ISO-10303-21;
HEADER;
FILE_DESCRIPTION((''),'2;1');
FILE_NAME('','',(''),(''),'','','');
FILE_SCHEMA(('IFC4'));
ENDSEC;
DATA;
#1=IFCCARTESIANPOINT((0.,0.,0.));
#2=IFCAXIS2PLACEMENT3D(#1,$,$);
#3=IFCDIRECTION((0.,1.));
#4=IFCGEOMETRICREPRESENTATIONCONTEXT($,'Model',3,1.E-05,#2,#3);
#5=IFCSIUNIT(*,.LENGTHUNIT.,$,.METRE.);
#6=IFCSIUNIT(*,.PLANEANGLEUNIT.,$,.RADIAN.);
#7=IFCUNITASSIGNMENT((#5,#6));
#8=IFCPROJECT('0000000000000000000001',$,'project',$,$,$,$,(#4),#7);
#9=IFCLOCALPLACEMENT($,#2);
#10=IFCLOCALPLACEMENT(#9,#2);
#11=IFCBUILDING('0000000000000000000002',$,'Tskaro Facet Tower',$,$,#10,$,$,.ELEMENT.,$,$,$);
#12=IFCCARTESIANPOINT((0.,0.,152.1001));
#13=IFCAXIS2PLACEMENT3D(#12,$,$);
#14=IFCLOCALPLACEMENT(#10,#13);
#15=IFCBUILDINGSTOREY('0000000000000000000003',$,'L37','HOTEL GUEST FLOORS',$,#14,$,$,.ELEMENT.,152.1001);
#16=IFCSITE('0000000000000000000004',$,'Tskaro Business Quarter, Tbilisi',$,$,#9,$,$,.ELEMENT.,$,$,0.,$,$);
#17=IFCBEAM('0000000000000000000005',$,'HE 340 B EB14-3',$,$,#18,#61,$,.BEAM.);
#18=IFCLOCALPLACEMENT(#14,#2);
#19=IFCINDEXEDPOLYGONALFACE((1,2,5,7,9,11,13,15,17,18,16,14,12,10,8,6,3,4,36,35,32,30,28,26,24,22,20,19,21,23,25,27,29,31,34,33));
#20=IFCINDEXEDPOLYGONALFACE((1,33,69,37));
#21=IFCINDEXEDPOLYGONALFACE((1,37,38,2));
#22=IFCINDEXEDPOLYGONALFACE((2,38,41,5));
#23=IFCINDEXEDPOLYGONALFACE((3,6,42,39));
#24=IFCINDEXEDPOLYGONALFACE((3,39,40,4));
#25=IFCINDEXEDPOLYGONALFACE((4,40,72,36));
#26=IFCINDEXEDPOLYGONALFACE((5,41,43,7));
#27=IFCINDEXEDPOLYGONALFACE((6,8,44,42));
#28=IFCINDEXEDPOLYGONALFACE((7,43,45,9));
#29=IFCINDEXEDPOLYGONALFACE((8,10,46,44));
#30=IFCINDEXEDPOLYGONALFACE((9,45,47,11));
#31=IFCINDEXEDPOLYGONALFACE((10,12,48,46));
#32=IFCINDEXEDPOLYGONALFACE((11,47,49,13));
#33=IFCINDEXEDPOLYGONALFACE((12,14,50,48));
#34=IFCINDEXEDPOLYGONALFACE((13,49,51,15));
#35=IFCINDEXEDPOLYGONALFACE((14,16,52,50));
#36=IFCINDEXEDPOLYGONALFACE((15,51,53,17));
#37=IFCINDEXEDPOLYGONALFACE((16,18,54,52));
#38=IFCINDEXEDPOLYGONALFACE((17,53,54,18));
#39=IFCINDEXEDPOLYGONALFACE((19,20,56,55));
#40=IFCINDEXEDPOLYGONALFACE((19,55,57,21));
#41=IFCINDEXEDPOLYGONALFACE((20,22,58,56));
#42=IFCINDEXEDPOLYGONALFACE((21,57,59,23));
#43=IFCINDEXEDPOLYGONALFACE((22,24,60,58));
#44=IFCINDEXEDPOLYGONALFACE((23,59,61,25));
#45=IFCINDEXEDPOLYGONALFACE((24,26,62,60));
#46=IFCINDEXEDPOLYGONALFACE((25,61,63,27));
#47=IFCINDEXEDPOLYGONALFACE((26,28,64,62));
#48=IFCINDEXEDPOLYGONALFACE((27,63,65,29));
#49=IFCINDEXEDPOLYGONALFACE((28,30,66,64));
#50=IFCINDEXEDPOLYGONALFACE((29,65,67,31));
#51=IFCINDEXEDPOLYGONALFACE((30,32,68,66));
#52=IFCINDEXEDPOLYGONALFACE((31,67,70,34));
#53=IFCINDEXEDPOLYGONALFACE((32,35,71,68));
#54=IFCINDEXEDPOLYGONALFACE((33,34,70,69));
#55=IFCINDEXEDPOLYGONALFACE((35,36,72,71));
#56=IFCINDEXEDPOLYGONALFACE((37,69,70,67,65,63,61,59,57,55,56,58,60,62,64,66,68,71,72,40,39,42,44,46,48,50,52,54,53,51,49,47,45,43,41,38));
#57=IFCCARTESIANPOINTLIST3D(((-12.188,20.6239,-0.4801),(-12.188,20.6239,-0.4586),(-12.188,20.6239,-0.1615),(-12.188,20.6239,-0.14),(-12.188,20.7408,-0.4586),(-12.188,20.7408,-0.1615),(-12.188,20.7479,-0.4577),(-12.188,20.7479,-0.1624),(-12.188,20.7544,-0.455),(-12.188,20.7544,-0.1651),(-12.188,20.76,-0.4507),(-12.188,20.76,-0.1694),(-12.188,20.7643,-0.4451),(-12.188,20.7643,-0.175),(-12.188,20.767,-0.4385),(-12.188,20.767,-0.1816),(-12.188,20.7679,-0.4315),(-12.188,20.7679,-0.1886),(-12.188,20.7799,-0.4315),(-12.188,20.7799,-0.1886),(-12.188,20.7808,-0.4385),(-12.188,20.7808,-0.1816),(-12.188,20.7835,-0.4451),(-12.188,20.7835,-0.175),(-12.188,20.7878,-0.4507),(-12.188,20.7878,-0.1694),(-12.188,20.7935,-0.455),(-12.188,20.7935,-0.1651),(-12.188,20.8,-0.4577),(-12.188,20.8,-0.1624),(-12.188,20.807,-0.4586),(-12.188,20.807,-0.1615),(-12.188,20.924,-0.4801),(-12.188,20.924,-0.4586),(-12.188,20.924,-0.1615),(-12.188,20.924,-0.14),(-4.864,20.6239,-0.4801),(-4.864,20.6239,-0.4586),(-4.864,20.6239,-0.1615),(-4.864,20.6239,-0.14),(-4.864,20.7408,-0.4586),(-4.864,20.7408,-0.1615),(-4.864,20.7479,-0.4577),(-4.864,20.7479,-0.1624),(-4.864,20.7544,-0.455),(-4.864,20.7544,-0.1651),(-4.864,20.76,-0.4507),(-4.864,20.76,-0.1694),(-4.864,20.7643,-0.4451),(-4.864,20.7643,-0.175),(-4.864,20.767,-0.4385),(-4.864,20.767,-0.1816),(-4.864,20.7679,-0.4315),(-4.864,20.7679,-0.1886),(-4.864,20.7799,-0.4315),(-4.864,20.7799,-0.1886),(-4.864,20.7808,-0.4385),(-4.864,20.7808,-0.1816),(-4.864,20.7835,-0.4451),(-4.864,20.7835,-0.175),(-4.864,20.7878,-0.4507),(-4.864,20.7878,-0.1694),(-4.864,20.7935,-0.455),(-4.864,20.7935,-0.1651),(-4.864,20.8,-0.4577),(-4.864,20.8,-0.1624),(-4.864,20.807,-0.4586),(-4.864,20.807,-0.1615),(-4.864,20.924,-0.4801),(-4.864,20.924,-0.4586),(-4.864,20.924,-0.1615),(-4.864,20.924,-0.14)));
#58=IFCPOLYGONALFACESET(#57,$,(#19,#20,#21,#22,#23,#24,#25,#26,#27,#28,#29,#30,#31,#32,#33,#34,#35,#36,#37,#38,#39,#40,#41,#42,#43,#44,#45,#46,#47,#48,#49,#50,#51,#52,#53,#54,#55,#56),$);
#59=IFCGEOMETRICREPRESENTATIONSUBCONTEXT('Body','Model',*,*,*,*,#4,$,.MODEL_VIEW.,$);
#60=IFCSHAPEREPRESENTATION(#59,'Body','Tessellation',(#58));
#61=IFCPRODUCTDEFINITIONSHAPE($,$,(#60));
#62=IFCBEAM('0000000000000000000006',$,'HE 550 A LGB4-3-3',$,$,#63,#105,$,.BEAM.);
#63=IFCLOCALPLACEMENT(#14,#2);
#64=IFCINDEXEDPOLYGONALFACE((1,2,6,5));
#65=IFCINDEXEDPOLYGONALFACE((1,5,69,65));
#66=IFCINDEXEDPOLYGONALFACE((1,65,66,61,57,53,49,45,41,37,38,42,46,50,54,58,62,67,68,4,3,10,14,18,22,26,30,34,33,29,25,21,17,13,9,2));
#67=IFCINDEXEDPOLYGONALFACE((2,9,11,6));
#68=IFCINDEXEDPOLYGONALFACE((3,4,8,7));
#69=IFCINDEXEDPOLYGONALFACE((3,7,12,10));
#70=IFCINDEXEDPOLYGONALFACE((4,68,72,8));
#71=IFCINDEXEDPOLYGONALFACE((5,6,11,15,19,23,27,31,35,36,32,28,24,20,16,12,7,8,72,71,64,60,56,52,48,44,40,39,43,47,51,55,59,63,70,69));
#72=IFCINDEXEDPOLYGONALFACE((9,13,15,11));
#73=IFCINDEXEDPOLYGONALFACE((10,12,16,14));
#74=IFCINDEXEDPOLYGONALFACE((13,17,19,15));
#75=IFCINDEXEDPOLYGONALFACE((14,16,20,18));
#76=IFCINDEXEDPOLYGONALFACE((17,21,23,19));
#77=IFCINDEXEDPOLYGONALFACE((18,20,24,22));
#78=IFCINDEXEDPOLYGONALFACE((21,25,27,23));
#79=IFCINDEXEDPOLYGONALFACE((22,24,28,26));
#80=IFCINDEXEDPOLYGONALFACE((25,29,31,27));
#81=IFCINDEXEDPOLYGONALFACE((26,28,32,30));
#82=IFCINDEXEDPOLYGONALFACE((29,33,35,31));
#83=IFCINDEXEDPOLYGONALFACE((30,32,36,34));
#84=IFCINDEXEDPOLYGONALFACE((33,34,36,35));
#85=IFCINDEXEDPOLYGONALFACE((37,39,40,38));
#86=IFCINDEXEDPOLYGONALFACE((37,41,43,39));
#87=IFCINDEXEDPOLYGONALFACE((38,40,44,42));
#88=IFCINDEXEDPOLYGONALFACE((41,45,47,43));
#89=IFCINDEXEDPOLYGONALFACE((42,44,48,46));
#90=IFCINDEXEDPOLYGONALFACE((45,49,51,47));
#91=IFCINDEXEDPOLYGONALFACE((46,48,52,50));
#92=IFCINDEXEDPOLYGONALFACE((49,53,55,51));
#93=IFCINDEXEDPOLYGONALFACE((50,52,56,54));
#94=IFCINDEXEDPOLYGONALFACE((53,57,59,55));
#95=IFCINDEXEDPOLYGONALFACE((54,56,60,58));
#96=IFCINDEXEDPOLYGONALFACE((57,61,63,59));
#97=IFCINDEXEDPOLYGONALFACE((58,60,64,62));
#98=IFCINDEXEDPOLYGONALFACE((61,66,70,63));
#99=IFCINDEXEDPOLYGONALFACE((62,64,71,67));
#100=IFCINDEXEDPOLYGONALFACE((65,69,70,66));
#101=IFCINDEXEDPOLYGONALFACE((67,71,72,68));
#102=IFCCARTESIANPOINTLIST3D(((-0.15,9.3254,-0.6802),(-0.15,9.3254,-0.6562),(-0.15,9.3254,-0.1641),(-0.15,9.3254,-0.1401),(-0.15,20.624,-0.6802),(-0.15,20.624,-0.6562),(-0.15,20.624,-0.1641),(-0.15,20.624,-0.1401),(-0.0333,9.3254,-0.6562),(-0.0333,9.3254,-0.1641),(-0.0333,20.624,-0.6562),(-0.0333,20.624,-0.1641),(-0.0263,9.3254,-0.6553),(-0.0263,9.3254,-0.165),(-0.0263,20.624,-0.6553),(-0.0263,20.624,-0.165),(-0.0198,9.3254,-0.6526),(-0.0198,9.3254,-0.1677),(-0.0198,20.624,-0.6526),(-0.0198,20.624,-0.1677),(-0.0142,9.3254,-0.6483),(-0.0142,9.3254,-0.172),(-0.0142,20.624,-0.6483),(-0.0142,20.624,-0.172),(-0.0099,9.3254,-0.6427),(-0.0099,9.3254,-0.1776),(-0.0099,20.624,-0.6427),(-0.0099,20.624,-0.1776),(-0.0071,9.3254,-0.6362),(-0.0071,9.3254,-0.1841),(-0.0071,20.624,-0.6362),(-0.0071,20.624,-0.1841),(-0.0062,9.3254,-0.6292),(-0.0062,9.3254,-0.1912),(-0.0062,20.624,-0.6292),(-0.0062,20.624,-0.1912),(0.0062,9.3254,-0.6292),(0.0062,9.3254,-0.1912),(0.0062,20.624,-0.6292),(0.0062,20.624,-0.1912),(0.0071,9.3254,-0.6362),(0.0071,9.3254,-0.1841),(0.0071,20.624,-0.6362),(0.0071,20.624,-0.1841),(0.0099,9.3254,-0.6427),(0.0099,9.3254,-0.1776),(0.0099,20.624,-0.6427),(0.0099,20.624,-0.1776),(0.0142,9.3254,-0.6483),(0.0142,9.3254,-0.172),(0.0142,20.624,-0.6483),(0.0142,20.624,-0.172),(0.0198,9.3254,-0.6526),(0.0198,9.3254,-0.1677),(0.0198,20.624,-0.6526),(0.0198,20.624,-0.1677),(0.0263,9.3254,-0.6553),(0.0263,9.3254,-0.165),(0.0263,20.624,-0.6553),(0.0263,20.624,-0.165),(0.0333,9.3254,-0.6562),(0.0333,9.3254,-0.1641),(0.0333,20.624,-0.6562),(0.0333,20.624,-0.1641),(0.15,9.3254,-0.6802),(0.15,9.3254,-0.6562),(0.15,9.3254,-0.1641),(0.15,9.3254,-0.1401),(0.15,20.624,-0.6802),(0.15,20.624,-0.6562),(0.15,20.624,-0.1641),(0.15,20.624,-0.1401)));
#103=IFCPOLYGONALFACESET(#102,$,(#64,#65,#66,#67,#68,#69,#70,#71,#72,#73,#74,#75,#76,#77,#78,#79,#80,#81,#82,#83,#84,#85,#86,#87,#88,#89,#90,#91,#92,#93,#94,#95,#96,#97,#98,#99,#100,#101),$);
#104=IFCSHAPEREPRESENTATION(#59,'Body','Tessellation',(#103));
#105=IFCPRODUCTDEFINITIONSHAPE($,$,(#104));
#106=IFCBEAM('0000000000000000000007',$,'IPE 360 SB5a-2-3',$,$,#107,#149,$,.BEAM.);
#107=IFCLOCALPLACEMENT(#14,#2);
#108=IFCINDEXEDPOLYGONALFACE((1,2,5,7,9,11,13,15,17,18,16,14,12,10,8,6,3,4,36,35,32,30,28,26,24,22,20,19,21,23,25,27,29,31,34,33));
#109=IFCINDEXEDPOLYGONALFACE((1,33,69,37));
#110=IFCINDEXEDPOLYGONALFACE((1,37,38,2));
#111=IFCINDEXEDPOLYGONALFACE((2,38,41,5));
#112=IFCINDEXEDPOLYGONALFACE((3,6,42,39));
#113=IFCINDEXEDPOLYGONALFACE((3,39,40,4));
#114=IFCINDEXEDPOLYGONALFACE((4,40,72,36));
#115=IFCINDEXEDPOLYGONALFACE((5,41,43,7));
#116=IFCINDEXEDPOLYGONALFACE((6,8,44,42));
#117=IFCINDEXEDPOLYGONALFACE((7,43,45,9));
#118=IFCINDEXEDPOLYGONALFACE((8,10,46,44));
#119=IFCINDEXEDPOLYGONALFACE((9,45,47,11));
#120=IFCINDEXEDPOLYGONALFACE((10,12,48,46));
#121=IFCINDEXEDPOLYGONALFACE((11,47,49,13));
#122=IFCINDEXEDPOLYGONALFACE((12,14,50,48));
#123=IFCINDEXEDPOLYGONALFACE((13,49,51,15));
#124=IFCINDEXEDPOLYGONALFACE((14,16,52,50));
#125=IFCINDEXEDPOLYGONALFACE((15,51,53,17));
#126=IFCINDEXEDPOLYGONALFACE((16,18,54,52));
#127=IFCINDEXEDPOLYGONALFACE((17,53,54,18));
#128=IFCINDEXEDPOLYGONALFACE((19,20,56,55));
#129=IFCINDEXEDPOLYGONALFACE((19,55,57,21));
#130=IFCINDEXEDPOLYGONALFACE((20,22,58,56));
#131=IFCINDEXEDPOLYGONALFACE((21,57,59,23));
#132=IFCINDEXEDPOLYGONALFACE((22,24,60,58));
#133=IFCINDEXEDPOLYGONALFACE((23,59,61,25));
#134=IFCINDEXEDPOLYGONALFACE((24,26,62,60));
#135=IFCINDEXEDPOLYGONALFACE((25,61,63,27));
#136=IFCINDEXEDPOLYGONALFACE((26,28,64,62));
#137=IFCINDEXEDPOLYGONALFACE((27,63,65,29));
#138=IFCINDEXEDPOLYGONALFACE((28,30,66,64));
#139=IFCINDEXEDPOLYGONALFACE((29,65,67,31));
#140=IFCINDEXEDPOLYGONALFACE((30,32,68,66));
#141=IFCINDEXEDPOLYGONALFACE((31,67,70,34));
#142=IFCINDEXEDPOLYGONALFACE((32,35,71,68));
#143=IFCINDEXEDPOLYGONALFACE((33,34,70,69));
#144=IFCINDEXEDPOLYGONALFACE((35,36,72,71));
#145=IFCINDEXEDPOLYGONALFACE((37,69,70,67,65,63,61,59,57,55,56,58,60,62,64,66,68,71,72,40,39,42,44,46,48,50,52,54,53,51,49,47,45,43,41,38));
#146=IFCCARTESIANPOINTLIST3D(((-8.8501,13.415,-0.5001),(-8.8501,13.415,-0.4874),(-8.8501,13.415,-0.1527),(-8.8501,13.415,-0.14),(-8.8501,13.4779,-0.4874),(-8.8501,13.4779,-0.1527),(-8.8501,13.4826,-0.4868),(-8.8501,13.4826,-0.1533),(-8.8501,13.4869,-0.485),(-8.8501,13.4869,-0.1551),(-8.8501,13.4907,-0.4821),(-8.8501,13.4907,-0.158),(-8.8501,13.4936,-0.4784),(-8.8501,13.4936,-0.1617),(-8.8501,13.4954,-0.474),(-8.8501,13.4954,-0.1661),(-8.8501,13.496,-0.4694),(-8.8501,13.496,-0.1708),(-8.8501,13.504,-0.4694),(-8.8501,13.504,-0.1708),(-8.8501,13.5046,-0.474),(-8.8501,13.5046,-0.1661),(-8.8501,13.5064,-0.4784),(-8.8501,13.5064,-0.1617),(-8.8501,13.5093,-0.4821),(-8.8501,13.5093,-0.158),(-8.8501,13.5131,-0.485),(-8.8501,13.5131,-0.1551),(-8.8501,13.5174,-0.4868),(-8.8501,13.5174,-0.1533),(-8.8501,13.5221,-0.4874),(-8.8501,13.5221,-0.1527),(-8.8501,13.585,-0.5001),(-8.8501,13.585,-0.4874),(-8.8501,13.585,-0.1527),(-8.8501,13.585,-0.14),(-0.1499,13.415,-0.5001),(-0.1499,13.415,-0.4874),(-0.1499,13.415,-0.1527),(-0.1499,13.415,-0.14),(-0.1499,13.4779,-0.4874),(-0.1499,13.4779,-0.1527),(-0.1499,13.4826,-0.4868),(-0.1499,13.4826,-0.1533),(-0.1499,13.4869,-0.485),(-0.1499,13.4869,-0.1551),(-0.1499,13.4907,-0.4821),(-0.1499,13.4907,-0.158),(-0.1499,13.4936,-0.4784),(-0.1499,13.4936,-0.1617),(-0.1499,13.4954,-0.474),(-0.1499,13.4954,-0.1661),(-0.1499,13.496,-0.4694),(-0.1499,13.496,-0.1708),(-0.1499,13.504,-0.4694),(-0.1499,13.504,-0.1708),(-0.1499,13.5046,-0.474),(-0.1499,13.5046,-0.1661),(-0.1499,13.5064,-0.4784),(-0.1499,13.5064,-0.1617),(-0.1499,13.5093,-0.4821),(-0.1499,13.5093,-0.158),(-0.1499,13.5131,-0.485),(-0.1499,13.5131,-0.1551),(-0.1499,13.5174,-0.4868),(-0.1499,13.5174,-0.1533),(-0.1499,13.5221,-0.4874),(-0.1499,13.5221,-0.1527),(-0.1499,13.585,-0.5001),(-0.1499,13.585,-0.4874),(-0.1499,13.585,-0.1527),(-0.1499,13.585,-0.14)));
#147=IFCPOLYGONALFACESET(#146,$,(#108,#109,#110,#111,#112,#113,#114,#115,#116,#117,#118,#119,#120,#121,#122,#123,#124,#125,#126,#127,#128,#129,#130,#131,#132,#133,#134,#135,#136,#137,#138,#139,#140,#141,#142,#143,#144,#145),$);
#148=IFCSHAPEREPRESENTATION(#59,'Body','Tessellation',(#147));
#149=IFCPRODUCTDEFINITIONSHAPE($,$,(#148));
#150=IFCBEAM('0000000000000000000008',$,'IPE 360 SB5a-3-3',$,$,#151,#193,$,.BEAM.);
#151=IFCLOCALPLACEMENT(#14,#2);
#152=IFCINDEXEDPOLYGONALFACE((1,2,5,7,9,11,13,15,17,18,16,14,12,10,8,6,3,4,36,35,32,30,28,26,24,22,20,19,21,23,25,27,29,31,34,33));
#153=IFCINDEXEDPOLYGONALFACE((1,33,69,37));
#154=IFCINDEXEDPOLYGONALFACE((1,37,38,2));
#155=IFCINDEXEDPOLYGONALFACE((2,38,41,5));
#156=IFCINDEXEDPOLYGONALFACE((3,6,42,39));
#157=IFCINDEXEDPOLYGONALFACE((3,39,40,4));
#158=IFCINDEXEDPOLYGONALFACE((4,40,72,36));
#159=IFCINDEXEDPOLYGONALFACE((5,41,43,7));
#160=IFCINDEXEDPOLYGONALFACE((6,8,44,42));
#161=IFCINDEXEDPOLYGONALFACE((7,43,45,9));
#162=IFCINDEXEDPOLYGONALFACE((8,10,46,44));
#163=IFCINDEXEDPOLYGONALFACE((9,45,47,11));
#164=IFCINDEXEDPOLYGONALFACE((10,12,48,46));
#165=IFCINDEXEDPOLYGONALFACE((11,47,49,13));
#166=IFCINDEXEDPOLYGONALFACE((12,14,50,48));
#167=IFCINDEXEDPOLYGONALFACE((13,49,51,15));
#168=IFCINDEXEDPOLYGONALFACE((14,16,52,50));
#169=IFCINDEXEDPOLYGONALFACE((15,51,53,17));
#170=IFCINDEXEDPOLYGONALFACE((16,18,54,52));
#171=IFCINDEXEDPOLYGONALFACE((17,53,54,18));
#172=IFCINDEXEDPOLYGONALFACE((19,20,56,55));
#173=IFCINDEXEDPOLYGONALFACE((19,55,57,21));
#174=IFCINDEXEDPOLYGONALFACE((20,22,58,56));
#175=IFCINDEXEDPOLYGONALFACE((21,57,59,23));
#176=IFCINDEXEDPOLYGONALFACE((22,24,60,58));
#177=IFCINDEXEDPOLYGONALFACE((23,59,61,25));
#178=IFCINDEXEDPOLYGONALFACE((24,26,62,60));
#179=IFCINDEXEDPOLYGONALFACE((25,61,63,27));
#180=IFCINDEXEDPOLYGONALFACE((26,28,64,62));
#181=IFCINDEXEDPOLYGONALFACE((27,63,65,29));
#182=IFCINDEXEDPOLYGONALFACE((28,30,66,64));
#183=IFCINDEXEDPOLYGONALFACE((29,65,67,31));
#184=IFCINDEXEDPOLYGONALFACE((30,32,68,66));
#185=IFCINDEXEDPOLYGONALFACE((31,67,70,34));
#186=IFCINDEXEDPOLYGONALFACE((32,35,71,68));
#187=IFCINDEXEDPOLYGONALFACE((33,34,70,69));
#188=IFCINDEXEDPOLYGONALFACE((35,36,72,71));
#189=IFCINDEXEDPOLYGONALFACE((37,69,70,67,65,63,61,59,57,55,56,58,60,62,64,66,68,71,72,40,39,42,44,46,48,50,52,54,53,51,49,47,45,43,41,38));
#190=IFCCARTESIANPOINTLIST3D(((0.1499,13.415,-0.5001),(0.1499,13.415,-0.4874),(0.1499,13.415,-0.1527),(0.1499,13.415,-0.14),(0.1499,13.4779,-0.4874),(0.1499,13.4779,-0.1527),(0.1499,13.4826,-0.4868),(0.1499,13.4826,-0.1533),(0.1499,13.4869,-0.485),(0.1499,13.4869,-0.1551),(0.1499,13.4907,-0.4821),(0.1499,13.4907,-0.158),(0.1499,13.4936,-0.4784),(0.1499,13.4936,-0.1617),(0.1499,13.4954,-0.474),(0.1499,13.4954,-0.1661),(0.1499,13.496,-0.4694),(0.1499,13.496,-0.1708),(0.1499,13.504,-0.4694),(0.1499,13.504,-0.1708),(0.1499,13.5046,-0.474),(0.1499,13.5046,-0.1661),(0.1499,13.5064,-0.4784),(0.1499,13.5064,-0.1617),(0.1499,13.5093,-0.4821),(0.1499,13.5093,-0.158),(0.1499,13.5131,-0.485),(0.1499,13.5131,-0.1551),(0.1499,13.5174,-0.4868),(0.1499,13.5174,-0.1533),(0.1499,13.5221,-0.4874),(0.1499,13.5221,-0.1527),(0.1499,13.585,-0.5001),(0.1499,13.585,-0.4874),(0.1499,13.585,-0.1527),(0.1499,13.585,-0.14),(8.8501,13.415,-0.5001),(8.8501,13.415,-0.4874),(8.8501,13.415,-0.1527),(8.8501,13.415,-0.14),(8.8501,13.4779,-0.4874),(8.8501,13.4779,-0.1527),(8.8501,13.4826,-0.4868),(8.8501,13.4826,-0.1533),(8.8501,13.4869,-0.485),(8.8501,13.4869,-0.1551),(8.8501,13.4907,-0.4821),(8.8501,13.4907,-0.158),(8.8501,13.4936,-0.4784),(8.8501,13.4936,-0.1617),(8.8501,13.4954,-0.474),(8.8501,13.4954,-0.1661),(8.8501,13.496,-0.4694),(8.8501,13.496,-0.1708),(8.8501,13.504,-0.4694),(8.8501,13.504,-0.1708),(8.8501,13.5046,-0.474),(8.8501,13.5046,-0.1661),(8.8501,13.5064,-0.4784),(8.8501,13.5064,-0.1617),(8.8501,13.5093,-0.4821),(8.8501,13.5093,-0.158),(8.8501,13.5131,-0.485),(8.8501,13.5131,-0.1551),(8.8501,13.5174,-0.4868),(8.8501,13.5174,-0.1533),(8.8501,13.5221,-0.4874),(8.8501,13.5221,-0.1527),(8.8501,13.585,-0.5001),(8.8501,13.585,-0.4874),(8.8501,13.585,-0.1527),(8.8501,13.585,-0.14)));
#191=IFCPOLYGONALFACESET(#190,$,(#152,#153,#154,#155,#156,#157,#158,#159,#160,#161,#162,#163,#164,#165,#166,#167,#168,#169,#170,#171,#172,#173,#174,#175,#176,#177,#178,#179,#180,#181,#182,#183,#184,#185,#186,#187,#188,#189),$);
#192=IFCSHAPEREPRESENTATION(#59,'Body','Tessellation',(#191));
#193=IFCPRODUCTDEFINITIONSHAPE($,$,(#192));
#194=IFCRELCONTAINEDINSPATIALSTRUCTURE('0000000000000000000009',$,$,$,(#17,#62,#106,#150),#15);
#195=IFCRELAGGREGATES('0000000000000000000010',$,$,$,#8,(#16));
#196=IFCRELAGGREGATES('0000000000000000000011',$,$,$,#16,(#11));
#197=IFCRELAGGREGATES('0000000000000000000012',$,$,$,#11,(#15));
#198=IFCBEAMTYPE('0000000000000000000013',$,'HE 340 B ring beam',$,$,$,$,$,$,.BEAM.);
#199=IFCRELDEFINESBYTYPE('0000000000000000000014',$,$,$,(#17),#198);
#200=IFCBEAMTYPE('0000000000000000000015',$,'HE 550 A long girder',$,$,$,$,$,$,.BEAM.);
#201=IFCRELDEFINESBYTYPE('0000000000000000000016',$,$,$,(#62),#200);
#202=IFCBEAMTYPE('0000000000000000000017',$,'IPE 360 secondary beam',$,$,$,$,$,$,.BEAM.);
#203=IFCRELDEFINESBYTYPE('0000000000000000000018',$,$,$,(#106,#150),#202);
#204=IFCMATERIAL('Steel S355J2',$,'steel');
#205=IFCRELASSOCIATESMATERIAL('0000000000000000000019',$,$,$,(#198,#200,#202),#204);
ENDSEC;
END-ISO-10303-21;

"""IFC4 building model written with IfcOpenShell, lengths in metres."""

from ifc_helpers import new_model, si_unit, direction, frame, origin, origin_2d, place, context, subcontext, project, spatial, i_section, extrude, material, material_profile, profile_set, type_object, element, save


model = new_model("IFC4")

# Units and contexts
model_context = context("Model", 3, precision=1e-05, world=origin(), true_north=direction((0.0, 1.0)))
body_context = subcontext(model_context, "Body", "Model", "MODEL_VIEW")
ifc_project = project(units=[si_unit("LENGTHUNIT", "METRE"), si_unit("PLANEANGLEUNIT", "RADIAN")], contexts=[model_context])

# Site, building, storey
site_placement = place(None, origin())
site = spatial("IfcSite", under=ifc_project, at=site_placement, Name="Tskaro Business Quarter, Tbilisi", CompositionType="ELEMENT", RefElevation=0.0)
building_placement = place(site_placement, origin())
building = spatial("IfcBuilding", under=site, at=building_placement, Name="Tskaro Facet Tower", CompositionType="ELEMENT")
storey_placement = place(building_placement, frame((0.0, 0.0, 152.1001)))
storey = spatial("IfcBuildingStorey", under=building, at=storey_placement, Name="L37", Description="HOTEL GUEST FLOORS", CompositionType="ELEMENT", Elevation=152.1001)

# Beams
ifc_material_1 = material(Name="Steel S355J2", Category="steel")
ifc_material_profile_1 = material_profile(ifc_material_1, i_section(OverallWidth=0.3, OverallDepth=0.3401, WebThickness=0.012, FlangeThickness=0.0215, FilletRadius=0.0271, at=origin_2d()), Name="HE 340 B")
ifc_profile_set_1 = profile_set([ifc_material_profile_1], Name="Steel S355J2")
beam_type_1 = type_object("IfcBeamType", Name="HE 340 B ring beam", PredefinedType="BEAM", material=ifc_profile_set_1)
for number, where, z_axis, x_axis, name in (
    (1, (-4.864, 20.7739, -0.3101), (-1.0, 0.0, 0.0), (0.0, -1.0, 0.0), "HE 340 B EB14-3"),
):
    element("IfcBeam", number, at=place(storey_placement, frame(where, z_axis=z_axis, x_axis=x_axis)), inside=storey, type_object=beam_type_1, Name=name, PredefinedType="BEAM", context=body_context, shape_type="SweptSolid", body=[
        extrude(i_section(OverallWidth=0.3, OverallDepth=0.3401, WebThickness=0.012, FlangeThickness=0.0215, FilletRadius=0.0271, at=origin_2d()), origin(), (0.0, 0.0, 1.0), 7.324),
    ])
ifc_material_profile_2 = material_profile(ifc_material_1, i_section(OverallWidth=0.3, OverallDepth=0.54, WebThickness=0.0125, FlangeThickness=0.0239, FilletRadius=0.0271, at=origin_2d()), Name="HE 550 A")
ifc_profile_set_2 = profile_set([ifc_material_profile_2], Name="Steel S355J2")
beam_type_2 = type_object("IfcBeamType", Name="HE 550 A long girder", PredefinedType="BEAM", material=ifc_profile_set_2)
beam_placement = place(storey_placement, frame((0.0, 9.3254, -0.4102), z_axis=(0.0, 1.0, 0.0), x_axis=(-1.0, 0.0, 0.0)))
element("IfcBeam", 2, at=beam_placement, inside=storey, type_object=beam_type_2, Name="HE 550 A LGB4-3-3", PredefinedType="BEAM", context=body_context, shape_type="SweptSolid", body=[
    extrude(i_section(OverallWidth=0.3, OverallDepth=0.54, WebThickness=0.0125, FlangeThickness=0.0239, FilletRadius=0.0271, at=origin_2d()), origin(), (0.0, 0.0, 1.0), 11.2986),
])
ifc_material_profile_3 = material_profile(ifc_material_1, i_section(OverallWidth=0.1699, OverallDepth=0.3601, WebThickness=0.0081, FlangeThickness=0.0127, FilletRadius=0.0181, at=origin_2d()), Name="IPE 360")
ifc_profile_set_3 = profile_set([ifc_material_profile_3], Name="Steel S355J2")
beam_type_3 = type_object("IfcBeamType", Name="IPE 360 secondary beam", PredefinedType="BEAM", material=ifc_profile_set_3)
for number, where, z_axis, x_axis, name in (
    (3, (-8.8501, 13.5, -0.3201), (1.0, 0.0, 0.0), (0.0, 1.0, 0.0), "IPE 360 SB5a-2-3"),
    (4, (0.1499, 13.5, -0.3201), (1.0, 0.0, 0.0), (0.0, 1.0, 0.0), "IPE 360 SB5a-3-3"),
):
    element("IfcBeam", number, at=place(storey_placement, frame(where, z_axis=z_axis, x_axis=x_axis)), inside=storey, type_object=beam_type_3, Name=name, PredefinedType="BEAM", context=body_context, shape_type="SweptSolid", body=[
        extrude(i_section(OverallWidth=0.1699, OverallDepth=0.3601, WebThickness=0.0081, FlangeThickness=0.0127, FilletRadius=0.0181, at=origin_2d()), origin(), (0.0, 0.0, 1.0), 8.7002),
    ])

save(model, "model.ifc")
